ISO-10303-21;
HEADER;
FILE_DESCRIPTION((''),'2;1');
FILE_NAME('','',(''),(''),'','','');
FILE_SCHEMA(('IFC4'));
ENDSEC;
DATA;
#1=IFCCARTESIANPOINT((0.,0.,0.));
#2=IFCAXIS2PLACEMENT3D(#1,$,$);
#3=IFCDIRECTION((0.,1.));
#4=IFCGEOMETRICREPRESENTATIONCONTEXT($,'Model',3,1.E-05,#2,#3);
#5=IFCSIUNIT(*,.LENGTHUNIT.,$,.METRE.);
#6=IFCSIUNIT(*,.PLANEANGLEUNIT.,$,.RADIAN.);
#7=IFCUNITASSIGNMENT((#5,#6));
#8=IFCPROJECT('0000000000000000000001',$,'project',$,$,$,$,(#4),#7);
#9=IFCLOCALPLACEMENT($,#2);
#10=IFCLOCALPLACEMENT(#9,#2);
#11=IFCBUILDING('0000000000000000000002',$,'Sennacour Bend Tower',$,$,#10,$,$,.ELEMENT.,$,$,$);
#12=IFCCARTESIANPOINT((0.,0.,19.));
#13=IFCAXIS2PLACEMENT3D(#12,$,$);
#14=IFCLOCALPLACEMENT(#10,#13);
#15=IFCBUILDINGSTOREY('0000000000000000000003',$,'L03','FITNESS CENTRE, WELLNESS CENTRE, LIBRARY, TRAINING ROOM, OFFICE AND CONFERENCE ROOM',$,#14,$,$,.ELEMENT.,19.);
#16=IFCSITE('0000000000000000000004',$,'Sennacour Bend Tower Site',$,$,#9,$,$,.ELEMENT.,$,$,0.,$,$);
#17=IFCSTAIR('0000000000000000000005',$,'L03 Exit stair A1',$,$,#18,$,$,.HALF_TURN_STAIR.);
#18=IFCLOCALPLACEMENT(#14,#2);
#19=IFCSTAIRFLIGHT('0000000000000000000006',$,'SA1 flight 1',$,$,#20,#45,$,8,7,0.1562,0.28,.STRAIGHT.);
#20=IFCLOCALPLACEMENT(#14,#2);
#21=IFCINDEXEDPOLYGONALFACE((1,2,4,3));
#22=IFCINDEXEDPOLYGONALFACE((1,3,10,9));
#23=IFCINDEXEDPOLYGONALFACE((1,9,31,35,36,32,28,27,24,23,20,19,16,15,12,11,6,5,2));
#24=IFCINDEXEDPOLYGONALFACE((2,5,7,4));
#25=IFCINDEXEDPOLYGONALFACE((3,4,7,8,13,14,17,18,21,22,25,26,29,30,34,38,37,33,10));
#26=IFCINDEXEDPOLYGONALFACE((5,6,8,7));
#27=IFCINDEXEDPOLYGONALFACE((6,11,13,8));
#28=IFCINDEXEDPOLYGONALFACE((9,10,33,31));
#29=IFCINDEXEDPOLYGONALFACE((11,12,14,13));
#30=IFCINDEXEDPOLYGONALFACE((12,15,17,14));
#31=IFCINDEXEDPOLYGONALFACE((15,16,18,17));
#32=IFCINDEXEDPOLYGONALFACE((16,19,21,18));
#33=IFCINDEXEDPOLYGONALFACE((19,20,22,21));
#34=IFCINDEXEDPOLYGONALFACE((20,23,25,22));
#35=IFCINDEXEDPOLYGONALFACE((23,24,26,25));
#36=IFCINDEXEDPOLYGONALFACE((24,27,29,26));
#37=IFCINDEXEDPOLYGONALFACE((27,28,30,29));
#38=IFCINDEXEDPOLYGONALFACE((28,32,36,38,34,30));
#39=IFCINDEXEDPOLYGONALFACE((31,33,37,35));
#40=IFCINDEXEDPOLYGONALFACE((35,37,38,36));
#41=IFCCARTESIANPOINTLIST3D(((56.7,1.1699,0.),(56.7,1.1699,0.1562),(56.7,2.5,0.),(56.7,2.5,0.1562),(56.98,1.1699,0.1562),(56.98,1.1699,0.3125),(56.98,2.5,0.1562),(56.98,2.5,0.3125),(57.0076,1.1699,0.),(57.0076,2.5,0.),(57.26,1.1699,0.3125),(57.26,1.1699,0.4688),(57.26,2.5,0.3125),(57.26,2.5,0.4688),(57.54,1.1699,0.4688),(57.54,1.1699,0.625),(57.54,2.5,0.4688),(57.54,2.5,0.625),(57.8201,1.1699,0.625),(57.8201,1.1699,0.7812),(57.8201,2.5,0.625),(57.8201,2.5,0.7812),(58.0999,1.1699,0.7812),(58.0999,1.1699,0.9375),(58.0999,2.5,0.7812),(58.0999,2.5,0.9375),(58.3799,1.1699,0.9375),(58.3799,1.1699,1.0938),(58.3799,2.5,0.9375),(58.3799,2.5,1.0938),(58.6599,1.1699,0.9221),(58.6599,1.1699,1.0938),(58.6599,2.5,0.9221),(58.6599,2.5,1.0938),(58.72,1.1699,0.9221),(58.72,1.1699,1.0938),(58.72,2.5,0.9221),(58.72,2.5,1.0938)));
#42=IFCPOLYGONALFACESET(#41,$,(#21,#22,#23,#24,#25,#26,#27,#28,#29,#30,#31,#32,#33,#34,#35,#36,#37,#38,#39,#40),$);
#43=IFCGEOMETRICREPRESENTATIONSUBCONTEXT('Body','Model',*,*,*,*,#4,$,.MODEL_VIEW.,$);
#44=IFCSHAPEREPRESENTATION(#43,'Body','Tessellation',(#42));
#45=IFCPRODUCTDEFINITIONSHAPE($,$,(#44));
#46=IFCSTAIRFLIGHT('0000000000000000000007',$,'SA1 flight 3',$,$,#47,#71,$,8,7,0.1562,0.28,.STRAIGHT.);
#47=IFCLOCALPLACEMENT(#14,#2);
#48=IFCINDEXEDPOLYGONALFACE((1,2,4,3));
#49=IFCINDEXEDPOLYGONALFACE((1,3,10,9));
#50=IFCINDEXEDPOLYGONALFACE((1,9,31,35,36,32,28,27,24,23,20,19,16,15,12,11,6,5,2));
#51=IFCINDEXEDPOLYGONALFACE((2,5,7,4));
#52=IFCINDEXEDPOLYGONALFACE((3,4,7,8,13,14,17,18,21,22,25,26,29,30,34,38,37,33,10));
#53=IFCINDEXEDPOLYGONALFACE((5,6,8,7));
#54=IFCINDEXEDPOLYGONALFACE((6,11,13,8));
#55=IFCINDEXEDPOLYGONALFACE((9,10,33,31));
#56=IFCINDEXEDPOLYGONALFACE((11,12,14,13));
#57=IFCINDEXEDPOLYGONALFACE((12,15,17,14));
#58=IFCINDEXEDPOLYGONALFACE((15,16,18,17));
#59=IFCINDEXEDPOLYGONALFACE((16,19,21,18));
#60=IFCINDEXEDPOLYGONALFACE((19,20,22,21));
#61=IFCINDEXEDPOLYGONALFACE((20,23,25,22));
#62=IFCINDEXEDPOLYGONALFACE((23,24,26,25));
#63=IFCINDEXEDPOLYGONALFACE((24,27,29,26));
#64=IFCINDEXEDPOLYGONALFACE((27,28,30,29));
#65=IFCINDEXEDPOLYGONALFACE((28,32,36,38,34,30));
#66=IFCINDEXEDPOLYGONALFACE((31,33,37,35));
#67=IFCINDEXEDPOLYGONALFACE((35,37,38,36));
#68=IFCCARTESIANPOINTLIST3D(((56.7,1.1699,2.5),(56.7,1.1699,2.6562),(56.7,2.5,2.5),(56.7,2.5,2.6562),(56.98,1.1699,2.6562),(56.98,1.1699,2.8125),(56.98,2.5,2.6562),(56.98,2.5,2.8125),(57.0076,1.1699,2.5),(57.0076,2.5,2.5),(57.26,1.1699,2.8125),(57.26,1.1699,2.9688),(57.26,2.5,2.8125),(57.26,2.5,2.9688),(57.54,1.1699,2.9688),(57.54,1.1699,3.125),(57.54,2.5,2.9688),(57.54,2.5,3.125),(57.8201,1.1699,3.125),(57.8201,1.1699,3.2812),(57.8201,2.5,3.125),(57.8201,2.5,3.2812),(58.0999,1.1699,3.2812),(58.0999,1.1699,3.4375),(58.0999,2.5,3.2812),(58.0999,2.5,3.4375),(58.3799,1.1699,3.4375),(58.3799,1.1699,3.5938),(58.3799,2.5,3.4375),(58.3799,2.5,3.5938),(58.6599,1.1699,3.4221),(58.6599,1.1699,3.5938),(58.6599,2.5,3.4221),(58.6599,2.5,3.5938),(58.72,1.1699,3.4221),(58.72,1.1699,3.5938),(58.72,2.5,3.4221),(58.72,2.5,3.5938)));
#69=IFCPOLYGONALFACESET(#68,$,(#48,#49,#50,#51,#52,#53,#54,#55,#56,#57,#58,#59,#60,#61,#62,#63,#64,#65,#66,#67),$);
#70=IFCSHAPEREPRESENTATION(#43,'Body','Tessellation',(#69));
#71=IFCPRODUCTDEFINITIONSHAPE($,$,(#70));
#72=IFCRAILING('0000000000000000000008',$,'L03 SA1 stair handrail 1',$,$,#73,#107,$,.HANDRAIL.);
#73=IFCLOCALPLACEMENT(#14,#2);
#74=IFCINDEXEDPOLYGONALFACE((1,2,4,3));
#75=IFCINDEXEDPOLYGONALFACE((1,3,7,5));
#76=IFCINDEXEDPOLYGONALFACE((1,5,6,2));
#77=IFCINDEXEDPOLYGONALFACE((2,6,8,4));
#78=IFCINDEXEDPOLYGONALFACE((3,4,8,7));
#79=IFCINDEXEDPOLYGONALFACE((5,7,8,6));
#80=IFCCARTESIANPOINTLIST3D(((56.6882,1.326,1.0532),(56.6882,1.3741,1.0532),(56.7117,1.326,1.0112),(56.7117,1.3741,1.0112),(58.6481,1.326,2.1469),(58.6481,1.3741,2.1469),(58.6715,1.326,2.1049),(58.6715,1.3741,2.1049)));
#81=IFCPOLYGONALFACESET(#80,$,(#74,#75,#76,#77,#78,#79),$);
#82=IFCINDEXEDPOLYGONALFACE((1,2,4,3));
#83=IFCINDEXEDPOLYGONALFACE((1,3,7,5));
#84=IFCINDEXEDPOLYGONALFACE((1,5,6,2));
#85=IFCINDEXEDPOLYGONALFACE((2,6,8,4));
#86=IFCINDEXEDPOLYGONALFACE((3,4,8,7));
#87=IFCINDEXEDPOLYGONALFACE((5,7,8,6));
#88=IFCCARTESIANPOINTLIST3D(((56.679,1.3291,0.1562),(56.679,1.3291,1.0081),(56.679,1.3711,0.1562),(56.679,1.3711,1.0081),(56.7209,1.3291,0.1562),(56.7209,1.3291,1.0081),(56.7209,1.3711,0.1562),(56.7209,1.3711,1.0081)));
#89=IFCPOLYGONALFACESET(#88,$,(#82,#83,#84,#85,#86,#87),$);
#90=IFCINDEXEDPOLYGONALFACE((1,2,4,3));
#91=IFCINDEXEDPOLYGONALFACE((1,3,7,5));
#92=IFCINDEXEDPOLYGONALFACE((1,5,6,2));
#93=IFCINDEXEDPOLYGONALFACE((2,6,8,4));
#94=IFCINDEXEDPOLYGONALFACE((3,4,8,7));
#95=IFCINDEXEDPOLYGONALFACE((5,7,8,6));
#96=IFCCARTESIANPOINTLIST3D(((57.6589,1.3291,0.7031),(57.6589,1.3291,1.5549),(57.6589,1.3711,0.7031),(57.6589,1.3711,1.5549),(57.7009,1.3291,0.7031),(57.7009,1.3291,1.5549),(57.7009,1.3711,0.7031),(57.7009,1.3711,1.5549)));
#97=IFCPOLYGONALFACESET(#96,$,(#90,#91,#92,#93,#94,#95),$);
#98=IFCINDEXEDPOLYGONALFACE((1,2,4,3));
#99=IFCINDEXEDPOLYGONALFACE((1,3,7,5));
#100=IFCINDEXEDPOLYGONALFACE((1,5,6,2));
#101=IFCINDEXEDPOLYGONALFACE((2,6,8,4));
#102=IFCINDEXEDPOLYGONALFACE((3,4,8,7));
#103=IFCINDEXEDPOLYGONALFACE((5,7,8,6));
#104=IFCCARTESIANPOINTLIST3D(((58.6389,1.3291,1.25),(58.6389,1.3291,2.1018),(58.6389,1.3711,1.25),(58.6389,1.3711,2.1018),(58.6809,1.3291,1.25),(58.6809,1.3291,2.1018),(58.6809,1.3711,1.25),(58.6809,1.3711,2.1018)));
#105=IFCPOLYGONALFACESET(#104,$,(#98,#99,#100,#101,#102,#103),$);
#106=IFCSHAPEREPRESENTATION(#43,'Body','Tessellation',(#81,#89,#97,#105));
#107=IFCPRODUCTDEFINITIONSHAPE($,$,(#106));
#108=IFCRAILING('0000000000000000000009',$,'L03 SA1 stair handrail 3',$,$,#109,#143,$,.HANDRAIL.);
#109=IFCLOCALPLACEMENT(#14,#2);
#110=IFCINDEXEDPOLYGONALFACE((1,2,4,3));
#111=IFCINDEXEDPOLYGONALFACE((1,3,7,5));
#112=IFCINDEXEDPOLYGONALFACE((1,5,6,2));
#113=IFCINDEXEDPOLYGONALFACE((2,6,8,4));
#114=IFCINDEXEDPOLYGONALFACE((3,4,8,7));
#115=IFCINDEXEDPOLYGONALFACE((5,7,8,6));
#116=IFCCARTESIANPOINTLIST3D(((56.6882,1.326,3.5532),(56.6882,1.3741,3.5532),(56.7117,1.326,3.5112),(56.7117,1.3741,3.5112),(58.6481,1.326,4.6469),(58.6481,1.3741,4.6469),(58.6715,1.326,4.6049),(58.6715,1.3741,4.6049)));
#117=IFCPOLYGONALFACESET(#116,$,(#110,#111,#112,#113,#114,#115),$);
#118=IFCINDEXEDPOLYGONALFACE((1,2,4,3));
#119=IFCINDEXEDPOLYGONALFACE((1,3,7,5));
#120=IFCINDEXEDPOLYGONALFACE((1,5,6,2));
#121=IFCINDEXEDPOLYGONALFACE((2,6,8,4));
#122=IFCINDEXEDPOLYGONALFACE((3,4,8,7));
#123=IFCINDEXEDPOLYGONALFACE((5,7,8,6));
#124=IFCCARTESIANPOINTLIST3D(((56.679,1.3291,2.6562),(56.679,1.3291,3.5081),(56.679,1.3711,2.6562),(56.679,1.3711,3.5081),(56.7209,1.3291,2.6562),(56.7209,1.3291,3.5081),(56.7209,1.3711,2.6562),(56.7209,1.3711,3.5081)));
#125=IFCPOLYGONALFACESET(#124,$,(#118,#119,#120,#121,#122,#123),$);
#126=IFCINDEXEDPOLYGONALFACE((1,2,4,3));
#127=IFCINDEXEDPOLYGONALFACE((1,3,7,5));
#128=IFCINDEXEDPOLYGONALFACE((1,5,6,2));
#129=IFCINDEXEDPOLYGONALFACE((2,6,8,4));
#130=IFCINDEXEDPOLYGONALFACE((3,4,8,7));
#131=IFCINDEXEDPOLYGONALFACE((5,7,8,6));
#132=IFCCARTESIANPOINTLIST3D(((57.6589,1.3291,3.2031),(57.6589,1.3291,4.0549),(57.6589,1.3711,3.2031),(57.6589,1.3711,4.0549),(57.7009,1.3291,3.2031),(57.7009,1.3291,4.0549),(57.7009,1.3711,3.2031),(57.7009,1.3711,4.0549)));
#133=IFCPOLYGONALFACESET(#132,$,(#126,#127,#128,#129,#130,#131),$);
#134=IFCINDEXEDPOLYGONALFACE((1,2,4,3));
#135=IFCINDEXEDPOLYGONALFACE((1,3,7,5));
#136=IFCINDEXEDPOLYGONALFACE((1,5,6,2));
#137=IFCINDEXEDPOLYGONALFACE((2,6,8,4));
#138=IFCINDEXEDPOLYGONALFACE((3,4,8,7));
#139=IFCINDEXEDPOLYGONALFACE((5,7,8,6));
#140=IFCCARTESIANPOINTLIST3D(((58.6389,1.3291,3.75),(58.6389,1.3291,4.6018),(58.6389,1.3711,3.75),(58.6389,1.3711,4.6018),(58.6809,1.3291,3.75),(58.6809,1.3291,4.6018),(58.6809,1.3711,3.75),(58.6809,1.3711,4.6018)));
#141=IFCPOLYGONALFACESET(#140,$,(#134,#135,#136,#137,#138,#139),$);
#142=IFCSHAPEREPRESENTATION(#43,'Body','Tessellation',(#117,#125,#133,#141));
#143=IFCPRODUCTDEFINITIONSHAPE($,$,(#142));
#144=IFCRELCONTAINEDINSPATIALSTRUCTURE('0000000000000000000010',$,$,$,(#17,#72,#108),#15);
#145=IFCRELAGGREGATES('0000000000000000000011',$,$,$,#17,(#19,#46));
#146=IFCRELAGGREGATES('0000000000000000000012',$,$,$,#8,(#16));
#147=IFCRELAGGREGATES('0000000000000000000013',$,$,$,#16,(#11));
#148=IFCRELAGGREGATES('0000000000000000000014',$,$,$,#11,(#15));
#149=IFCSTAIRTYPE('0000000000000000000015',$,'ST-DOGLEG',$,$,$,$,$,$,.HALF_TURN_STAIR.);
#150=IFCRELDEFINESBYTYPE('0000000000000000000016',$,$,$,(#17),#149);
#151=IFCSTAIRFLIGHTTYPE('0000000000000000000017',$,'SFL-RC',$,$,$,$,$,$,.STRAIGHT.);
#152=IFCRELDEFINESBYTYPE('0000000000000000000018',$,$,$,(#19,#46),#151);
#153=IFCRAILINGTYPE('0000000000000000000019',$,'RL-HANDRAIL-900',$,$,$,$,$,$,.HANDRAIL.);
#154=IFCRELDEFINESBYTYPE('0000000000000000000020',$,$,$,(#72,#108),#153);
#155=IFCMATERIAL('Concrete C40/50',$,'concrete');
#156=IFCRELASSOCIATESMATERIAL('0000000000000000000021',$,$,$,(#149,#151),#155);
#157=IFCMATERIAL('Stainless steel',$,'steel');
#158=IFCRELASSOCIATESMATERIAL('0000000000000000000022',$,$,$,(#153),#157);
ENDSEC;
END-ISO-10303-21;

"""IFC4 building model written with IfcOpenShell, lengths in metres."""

from ifc_helpers import new_model, si_unit, direction, frame, origin, origin_2d, place, context, subcontext, project, spatial, polyline, rectangle, outline, extrude, material, type_object, element, aggregate, save


model = new_model("IFC4")

# Units and contexts
model_context = context("Model", 3, precision=1e-05, world=origin(), true_north=direction((0.0, 1.0)))
body_context = subcontext(model_context, "Body", "Model", "MODEL_VIEW")
ifc_project = project(units=[si_unit("LENGTHUNIT", "METRE"), si_unit("PLANEANGLEUNIT", "RADIAN")], contexts=[model_context])

# Site, building, storey
site_placement = place(None, origin())
site = spatial("IfcSite", under=ifc_project, at=site_placement, Name="Sennacour Bend Tower Site", CompositionType="ELEMENT", RefElevation=0.0)
building_placement = place(site_placement, origin())
building = spatial("IfcBuilding", under=site, at=building_placement, Name="Sennacour Bend Tower", CompositionType="ELEMENT")
storey_placement = place(building_placement, frame((0.0, 0.0, 19.0)))
storey = spatial("IfcBuildingStorey", under=building, at=storey_placement, Name="L03", Description="FITNESS CENTRE, WELLNESS CENTRE, LIBRARY, TRAINING ROOM, OFFICE AND CONFERENCE ROOM", CompositionType="ELEMENT", Elevation=19.0)

# Stair, stair flights
ifc_material_1 = material(Name="Concrete C40/50", Category="concrete")
stair_type = type_object("IfcStairType", Name="ST-DOGLEG", PredefinedType="HALF_TURN_STAIR", material=ifc_material_1)
stair_placement = place(storey_placement, origin())
stair = element("IfcStair", 1, at=stair_placement, inside=storey, type_object=stair_type, Name="L03 Exit stair A1", PredefinedType="HALF_TURN_STAIR")
stair_flight_type = type_object("IfcStairFlightType", Name="SFL-RC", PredefinedType="STRAIGHT", material=ifc_material_1)
stair_flight_1_placement = place(storey_placement, frame((56.7, 1.835, 0.0), z_axis=(0.0, 0.0, 1.0), x_axis=(1.0, 0.0, 0.0)))
stair_flight_1 = element("IfcStairFlight", 2, at=stair_flight_1_placement, type_object=stair_flight_type, Name="SA1 flight 1", NumberOfRisers=8, NumberOfTreads=7, PredefinedType="STRAIGHT", RiserHeight=0.1562, TreadLength=0.28, context=body_context, shape_type="SweptSolid", body=[
    extrude(outline(polyline([(0.0, 0.0), (0.0, 0.1562), (0.28, 0.1562), (0.28, 0.3125), (0.5601, 0.3125), (0.5601, 0.4688), (0.8401, 0.4688), (0.8401, 0.625), (1.1201, 0.625), (1.1201, 0.7812), (1.3999, 0.7812), (1.3999, 0.9375), (1.6799, 0.9375), (1.6799, 1.0938), (1.96, 1.0938), (2.02, 1.0938), (2.02, 0.9221), (1.96, 0.9221), (0.3076, 0.0), (0.0, 0.0)])), frame((0.0, 0.665, 0.0), z_axis=(0.0, -1.0, 0.0), x_axis=(1.0, 0.0, 0.0)), (0.0, 0.0, 1.0), 1.3301),
])
stair_flight_2_placement = place(storey_placement, frame((56.7, 1.835, 2.5), z_axis=(0.0, 0.0, 1.0), x_axis=(1.0, 0.0, 0.0)))
stair_flight_2 = element("IfcStairFlight", 3, at=stair_flight_2_placement, type_object=stair_flight_type, Name="SA1 flight 3", NumberOfRisers=8, NumberOfTreads=7, PredefinedType="STRAIGHT", RiserHeight=0.1562, TreadLength=0.28, context=body_context, shape_type="SweptSolid", body=[
    extrude(outline(polyline([(0.0, 0.0), (0.0, 0.1562), (0.28, 0.1562), (0.28, 0.3125), (0.5601, 0.3125), (0.5601, 0.4688), (0.8401, 0.4688), (0.8401, 0.625), (1.1201, 0.625), (1.1201, 0.7812), (1.3999, 0.7812), (1.3999, 0.9375), (1.6799, 0.9375), (1.6799, 1.0938), (1.96, 1.0938), (2.02, 1.0938), (2.02, 0.9221), (1.96, 0.9221), (0.3076, 0.0), (0.0, 0.0)])), frame((0.0, 0.665, 0.0), z_axis=(0.0, -1.0, 0.0), x_axis=(1.0, 0.0, 0.0)), (0.0, 0.0, 1.0), 1.3301),
])
aggregate(stair, [stair_flight_1, stair_flight_2])

# Railings
ifc_material_2 = material(Name="Stainless steel", Category="steel")
railing_type = type_object("IfcRailingType", Name="RL-HANDRAIL-900", PredefinedType="HANDRAIL", material=ifc_material_2)
for number, where, name in (
    (4, (56.7, 1.3501, 0.1562), "L03 SA1 stair handrail 1"),
    (5, (56.7, 1.3501, 2.6562), "L03 SA1 stair handrail 3"),
):
    element("IfcRailing", number, at=place(storey_placement, frame(where)), inside=storey, type_object=railing_type, Name=name, PredefinedType="HANDRAIL", context=body_context, shape_type="SweptSolid", body=[
        extrude(rectangle(XDim=0.0481, YDim=0.0481, at=origin_2d()), frame((0.0, 0.0, 0.876), z_axis=(0.873232, 0.0, 0.487304), x_axis=(0.0, 1.0, 0.0)), (0.0, 0.0, 1.0), 2.2444),
        extrude(rectangle(XDim=0.042, YDim=0.042, at=origin_2d()), origin(), (0.0, 0.0, 1.0), 0.8518),
        extrude(rectangle(XDim=0.042, YDim=0.042, at=origin_2d()), frame((0.98, 0.0, 0.5469)), (0.0, 0.0, 1.0), 0.8518),
        extrude(rectangle(XDim=0.042, YDim=0.042, at=origin_2d()), frame((1.96, 0.0, 1.0938)), (0.0, 0.0, 1.0), 0.8518),
    ])

save(model, "model.ifc")
